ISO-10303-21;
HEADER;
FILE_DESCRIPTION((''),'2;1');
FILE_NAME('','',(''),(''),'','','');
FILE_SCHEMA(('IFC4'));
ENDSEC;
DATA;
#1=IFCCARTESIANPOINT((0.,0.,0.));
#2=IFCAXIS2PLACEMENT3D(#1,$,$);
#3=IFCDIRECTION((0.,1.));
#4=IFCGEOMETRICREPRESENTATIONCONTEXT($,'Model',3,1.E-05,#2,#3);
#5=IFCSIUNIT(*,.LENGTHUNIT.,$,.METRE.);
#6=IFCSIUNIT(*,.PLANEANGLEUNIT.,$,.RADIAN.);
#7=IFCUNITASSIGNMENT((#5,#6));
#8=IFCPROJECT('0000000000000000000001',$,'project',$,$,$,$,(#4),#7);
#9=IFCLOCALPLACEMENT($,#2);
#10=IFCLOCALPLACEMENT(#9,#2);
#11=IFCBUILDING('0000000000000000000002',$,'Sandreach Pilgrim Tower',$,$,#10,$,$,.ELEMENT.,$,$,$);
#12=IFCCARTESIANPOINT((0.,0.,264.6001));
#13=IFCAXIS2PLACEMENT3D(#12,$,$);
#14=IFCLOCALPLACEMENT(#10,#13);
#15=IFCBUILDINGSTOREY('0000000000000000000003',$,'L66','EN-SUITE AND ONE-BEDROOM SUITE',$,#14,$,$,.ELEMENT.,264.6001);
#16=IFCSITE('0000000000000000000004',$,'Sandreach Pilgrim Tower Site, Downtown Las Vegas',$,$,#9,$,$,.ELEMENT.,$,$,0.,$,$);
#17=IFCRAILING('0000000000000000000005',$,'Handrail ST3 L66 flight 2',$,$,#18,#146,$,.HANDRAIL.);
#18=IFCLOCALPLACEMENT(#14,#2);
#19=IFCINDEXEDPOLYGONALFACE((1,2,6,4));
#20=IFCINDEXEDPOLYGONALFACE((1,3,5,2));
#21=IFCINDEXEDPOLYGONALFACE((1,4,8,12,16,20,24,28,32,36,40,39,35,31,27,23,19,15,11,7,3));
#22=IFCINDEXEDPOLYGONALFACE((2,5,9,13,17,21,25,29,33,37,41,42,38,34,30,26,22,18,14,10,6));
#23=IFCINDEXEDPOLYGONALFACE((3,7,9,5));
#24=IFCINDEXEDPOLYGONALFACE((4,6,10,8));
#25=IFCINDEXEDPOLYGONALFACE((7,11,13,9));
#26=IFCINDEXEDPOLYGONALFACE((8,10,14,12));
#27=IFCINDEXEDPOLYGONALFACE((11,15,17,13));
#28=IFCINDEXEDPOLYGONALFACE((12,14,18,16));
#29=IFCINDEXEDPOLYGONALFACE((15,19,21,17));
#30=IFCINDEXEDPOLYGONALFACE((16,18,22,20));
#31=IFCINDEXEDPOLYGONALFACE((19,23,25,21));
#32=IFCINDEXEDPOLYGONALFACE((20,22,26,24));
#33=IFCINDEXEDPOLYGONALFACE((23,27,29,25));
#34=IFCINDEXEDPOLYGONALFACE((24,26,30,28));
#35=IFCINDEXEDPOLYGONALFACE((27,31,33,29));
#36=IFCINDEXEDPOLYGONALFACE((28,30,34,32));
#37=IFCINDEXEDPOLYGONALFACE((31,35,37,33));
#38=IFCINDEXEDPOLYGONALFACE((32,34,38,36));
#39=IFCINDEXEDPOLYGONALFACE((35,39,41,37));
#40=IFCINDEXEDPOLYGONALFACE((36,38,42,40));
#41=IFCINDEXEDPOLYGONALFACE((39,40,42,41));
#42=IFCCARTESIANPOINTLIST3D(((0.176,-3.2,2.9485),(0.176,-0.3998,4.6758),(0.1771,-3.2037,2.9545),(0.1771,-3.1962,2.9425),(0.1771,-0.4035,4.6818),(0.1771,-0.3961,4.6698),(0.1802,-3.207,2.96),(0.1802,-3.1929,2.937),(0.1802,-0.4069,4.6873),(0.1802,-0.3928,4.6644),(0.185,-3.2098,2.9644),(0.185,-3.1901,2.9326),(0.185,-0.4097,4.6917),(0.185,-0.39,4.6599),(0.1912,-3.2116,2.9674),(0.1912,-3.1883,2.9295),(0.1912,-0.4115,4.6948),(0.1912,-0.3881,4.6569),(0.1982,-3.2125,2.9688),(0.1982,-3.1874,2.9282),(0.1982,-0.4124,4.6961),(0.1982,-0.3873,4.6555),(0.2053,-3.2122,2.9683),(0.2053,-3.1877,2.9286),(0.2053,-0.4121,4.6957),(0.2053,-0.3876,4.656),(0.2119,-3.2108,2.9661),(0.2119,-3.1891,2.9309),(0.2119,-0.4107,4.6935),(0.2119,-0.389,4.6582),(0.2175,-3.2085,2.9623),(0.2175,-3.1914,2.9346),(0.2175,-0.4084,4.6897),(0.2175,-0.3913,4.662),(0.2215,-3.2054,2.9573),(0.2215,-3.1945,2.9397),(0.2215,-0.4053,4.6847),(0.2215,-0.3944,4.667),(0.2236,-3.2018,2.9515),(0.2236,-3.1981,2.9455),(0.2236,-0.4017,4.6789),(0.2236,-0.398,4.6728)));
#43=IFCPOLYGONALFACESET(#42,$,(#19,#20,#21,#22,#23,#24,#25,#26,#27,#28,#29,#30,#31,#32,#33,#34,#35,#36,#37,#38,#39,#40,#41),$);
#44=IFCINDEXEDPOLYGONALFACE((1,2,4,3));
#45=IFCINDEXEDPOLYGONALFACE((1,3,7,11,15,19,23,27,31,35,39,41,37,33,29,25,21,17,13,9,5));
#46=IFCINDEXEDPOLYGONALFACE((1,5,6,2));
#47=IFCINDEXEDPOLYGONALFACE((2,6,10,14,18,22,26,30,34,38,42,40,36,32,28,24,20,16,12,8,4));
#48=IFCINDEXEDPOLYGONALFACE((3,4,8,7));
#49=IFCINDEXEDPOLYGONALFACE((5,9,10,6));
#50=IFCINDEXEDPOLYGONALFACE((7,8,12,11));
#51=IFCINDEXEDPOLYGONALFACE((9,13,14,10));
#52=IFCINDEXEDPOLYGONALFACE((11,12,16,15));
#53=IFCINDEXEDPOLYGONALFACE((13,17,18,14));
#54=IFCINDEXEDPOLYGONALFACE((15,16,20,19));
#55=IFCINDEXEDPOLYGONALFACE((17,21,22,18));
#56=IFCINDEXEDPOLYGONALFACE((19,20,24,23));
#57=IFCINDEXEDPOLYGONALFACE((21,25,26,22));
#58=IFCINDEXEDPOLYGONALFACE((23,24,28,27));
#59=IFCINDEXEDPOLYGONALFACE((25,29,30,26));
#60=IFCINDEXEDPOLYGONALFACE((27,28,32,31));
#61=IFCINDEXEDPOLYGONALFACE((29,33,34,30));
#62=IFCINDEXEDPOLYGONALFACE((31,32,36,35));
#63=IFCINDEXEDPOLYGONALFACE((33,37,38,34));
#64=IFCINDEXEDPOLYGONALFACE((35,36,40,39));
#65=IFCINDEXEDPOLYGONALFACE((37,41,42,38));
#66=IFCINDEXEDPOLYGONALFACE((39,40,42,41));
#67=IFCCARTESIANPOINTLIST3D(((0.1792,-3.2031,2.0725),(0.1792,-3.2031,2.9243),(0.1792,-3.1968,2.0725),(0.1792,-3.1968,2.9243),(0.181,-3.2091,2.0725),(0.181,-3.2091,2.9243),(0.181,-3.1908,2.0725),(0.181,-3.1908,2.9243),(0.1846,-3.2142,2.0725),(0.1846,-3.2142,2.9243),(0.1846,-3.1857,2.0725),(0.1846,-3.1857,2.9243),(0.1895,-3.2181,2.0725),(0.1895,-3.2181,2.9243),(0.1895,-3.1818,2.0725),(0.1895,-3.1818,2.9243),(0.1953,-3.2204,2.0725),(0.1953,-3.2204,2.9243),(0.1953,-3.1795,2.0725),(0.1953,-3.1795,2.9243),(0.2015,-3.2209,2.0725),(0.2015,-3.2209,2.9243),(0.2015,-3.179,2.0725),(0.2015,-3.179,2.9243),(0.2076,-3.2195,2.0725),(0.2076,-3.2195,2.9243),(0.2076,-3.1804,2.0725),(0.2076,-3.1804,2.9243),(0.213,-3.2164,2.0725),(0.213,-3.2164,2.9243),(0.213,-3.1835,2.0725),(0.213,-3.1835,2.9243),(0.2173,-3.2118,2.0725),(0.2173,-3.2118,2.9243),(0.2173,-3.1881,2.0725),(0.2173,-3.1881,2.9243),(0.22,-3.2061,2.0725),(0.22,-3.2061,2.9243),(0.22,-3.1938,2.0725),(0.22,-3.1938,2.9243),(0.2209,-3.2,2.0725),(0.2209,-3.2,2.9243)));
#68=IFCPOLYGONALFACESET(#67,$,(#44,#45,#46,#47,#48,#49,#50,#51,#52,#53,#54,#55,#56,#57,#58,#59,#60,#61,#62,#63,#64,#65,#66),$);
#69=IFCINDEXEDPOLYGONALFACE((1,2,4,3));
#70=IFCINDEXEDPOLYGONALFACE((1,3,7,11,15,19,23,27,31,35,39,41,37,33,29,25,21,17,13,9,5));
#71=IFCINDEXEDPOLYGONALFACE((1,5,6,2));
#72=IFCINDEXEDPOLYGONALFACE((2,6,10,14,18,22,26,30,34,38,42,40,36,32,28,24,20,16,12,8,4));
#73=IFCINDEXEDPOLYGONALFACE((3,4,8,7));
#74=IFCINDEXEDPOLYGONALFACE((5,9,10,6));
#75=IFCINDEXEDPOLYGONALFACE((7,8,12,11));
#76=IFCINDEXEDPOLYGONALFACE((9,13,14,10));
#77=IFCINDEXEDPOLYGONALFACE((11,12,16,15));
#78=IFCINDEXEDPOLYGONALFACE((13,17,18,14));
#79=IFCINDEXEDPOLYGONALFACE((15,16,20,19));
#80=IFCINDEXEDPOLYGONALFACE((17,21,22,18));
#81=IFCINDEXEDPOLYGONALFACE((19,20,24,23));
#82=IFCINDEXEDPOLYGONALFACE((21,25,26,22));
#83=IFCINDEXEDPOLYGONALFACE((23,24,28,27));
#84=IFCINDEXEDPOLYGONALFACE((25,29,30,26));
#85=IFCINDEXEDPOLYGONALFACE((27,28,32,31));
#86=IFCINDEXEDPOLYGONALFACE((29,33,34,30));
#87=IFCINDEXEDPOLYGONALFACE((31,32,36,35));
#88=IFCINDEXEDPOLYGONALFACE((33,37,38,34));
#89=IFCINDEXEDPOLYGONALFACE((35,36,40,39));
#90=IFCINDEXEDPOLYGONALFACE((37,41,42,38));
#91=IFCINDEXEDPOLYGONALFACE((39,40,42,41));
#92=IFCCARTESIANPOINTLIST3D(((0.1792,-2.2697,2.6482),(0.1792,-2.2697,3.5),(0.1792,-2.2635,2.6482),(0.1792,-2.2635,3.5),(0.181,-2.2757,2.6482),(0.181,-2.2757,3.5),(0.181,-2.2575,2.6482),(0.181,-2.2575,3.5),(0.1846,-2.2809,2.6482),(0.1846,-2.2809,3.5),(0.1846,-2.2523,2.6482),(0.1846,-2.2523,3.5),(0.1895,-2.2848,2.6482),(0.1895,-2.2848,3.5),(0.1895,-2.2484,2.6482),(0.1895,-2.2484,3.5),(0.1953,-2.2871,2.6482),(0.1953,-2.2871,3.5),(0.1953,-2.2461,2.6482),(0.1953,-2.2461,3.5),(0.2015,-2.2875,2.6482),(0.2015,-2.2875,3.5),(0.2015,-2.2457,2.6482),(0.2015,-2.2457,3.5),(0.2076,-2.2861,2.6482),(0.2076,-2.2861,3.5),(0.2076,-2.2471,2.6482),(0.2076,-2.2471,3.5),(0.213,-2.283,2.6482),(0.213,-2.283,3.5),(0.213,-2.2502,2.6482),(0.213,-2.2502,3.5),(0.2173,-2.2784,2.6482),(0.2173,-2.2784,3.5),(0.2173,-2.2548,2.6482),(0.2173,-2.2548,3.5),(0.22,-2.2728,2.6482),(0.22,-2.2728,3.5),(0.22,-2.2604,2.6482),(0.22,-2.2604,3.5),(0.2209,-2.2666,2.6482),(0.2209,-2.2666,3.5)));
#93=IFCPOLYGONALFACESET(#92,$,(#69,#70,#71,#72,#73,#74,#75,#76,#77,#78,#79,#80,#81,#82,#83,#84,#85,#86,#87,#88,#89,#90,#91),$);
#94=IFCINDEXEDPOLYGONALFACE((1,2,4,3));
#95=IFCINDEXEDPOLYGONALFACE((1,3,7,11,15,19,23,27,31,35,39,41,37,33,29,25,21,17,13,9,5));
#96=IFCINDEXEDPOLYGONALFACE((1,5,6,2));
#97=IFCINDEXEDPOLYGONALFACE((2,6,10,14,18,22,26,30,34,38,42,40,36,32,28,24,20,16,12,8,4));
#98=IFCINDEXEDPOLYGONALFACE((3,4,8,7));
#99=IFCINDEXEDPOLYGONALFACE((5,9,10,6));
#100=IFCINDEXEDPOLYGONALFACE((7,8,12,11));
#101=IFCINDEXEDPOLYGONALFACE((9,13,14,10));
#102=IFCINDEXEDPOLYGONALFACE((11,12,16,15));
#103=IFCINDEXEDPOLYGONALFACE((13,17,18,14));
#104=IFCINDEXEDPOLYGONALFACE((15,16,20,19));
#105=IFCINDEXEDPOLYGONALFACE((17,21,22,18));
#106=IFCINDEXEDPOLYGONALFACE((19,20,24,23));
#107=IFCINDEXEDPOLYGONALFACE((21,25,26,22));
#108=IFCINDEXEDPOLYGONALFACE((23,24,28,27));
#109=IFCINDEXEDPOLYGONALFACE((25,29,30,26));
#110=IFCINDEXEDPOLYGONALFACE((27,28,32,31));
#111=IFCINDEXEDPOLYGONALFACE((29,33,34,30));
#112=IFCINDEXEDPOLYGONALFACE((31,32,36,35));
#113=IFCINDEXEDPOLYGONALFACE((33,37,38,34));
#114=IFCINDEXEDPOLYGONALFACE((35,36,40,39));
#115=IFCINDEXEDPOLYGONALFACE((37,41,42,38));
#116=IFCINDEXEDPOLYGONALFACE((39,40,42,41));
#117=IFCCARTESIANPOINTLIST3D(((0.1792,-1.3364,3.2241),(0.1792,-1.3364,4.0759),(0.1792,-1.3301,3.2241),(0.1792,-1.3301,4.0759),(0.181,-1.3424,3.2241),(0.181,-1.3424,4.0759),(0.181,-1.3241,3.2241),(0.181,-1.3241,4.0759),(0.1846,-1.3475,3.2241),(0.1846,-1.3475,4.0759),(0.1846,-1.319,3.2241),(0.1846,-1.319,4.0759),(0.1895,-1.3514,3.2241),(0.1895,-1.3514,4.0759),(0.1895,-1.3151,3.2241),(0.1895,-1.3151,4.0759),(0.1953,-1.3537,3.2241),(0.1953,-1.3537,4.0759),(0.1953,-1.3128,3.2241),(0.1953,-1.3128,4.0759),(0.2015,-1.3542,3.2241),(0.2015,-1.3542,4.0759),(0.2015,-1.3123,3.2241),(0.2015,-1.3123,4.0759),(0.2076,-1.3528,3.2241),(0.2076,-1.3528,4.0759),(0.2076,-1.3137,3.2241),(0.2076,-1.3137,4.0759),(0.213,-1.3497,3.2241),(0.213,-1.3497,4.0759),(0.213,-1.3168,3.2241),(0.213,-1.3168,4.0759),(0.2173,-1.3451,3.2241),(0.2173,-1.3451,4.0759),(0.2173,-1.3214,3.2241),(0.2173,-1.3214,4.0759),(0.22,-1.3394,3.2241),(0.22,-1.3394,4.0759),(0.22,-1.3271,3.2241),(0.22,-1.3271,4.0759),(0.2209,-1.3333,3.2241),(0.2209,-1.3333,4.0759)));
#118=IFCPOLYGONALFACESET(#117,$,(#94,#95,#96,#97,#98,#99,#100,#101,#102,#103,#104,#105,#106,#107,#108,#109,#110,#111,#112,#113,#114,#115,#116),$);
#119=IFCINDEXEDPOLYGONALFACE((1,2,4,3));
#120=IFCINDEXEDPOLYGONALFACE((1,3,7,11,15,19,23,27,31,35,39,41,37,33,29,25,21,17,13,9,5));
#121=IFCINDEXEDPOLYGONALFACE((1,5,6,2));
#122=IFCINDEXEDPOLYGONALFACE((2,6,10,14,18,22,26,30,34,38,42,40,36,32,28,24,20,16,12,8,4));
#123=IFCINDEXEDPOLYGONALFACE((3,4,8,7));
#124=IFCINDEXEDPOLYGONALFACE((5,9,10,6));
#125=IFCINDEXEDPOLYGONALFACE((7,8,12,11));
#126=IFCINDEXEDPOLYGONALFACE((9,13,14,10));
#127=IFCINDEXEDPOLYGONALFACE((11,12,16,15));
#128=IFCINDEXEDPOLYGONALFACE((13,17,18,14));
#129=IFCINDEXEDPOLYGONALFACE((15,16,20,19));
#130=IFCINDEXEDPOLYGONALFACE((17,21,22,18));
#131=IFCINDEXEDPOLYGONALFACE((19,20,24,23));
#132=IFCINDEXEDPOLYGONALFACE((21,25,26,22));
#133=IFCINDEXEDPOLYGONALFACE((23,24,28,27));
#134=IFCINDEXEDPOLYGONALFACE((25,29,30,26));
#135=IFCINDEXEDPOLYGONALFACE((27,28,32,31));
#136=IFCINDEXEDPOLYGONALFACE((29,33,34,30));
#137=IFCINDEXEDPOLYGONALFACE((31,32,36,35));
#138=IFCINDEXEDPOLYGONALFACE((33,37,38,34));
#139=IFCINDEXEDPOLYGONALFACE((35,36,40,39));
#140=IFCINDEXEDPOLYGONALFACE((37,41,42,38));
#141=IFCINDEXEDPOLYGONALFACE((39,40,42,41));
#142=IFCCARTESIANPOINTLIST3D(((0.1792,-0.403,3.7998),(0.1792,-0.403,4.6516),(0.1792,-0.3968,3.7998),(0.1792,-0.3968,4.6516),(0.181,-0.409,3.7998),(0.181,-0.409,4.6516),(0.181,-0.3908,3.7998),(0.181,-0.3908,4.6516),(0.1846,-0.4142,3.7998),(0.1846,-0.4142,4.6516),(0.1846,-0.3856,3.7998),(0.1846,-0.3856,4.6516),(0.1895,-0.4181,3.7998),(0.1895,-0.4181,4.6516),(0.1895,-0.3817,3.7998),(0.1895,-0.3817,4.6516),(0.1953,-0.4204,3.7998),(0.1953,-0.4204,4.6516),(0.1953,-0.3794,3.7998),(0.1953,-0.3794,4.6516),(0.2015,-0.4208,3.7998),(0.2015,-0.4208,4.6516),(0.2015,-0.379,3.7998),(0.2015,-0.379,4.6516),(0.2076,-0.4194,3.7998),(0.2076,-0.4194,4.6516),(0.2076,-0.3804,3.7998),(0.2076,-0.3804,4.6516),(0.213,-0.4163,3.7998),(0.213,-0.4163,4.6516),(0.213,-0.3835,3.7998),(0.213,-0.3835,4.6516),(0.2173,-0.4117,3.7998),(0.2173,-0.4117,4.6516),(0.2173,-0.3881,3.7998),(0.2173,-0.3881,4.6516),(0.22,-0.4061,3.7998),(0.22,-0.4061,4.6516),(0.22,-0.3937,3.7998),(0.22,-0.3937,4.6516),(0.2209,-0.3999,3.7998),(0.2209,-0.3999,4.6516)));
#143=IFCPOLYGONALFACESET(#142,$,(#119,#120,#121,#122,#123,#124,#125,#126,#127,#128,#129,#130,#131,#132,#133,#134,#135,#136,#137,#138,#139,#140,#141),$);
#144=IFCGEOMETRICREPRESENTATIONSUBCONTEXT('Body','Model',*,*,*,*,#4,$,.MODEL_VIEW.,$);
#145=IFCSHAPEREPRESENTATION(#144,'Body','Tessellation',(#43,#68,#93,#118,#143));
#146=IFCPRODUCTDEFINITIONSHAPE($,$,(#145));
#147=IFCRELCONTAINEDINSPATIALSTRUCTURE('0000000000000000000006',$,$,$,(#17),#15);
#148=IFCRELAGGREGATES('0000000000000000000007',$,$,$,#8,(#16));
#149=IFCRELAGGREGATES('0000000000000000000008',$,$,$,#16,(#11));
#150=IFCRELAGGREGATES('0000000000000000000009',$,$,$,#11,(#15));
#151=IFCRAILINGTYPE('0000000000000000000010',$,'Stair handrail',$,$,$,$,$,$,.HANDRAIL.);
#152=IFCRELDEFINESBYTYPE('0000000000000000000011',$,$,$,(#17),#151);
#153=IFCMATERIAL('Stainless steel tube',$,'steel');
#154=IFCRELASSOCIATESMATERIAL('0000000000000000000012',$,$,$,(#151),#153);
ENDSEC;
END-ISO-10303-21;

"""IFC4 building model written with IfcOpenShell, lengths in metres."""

from ifc_helpers import new_model, si_unit, direction, frame, origin, origin_2d, place, context, subcontext, project, spatial, circle, extrude, material, type_object, element, save


model = new_model("IFC4")

# Units and contexts
model_context = context("Model", 3, precision=1e-05, world=origin(), true_north=direction((0.0, 1.0)))
body_context = subcontext(model_context, "Body", "Model", "MODEL_VIEW")
ifc_project = project(units=[si_unit("LENGTHUNIT", "METRE"), si_unit("PLANEANGLEUNIT", "RADIAN")], contexts=[model_context])

# Site, building, storey
site_placement = place(None, origin())
site = spatial("IfcSite", under=ifc_project, at=site_placement, Name="Sandreach Pilgrim Tower Site, Downtown Las Vegas", CompositionType="ELEMENT", RefElevation=0.0)
building_placement = place(site_placement, origin())
building = spatial("IfcBuilding", under=site, at=building_placement, Name="Sandreach Pilgrim Tower", CompositionType="ELEMENT")
storey_placement = place(building_placement, frame((0.0, 0.0, 264.6001)))
storey = spatial("IfcBuildingStorey", under=building, at=storey_placement, Name="L66", Description="EN-SUITE AND ONE-BEDROOM SUITE", CompositionType="ELEMENT", Elevation=264.6001)

# Railing
ifc_material_1 = material(Name="Stainless steel tube", Category="steel")
railing_type = type_object("IfcRailingType", Name="Stair handrail", PredefinedType="HANDRAIL", material=ifc_material_1)
for number, where, name in (
    (1, (0.2, -3.2, 2.0725), "Handrail ST3 L66 flight 2"),
):
    element("IfcRailing", number, at=place(storey_placement, frame(where)), inside=storey, type_object=railing_type, Name=name, PredefinedType="HANDRAIL", context=body_context, shape_type="SweptSolid", body=[
        extrude(circle(Radius=0.0239, at=origin_2d()), frame((0.0, 0.0, 0.876), z_axis=(0.0, 0.85109, 0.52502), x_axis=(-1.0, 0.0, 0.0)), (0.0, 0.0, 1.0), 3.29),
        extrude(circle(Radius=0.021, at=origin_2d()), origin(), (0.0, 0.0, 1.0), 0.8518),
        extrude(circle(Radius=0.021, at=origin_2d()), frame((0.0, 0.9333, 0.5757)), (0.0, 0.0, 1.0), 0.8518),
        extrude(circle(Radius=0.021, at=origin_2d()), frame((0.0, 1.8667, 1.1516)), (0.0, 0.0, 1.0), 0.8518),
        extrude(circle(Radius=0.021, at=origin_2d()), frame((0.0, 2.8, 1.7273)), (0.0, 0.0, 1.0), 0.8518),
    ])

save(model, "model.ifc")
